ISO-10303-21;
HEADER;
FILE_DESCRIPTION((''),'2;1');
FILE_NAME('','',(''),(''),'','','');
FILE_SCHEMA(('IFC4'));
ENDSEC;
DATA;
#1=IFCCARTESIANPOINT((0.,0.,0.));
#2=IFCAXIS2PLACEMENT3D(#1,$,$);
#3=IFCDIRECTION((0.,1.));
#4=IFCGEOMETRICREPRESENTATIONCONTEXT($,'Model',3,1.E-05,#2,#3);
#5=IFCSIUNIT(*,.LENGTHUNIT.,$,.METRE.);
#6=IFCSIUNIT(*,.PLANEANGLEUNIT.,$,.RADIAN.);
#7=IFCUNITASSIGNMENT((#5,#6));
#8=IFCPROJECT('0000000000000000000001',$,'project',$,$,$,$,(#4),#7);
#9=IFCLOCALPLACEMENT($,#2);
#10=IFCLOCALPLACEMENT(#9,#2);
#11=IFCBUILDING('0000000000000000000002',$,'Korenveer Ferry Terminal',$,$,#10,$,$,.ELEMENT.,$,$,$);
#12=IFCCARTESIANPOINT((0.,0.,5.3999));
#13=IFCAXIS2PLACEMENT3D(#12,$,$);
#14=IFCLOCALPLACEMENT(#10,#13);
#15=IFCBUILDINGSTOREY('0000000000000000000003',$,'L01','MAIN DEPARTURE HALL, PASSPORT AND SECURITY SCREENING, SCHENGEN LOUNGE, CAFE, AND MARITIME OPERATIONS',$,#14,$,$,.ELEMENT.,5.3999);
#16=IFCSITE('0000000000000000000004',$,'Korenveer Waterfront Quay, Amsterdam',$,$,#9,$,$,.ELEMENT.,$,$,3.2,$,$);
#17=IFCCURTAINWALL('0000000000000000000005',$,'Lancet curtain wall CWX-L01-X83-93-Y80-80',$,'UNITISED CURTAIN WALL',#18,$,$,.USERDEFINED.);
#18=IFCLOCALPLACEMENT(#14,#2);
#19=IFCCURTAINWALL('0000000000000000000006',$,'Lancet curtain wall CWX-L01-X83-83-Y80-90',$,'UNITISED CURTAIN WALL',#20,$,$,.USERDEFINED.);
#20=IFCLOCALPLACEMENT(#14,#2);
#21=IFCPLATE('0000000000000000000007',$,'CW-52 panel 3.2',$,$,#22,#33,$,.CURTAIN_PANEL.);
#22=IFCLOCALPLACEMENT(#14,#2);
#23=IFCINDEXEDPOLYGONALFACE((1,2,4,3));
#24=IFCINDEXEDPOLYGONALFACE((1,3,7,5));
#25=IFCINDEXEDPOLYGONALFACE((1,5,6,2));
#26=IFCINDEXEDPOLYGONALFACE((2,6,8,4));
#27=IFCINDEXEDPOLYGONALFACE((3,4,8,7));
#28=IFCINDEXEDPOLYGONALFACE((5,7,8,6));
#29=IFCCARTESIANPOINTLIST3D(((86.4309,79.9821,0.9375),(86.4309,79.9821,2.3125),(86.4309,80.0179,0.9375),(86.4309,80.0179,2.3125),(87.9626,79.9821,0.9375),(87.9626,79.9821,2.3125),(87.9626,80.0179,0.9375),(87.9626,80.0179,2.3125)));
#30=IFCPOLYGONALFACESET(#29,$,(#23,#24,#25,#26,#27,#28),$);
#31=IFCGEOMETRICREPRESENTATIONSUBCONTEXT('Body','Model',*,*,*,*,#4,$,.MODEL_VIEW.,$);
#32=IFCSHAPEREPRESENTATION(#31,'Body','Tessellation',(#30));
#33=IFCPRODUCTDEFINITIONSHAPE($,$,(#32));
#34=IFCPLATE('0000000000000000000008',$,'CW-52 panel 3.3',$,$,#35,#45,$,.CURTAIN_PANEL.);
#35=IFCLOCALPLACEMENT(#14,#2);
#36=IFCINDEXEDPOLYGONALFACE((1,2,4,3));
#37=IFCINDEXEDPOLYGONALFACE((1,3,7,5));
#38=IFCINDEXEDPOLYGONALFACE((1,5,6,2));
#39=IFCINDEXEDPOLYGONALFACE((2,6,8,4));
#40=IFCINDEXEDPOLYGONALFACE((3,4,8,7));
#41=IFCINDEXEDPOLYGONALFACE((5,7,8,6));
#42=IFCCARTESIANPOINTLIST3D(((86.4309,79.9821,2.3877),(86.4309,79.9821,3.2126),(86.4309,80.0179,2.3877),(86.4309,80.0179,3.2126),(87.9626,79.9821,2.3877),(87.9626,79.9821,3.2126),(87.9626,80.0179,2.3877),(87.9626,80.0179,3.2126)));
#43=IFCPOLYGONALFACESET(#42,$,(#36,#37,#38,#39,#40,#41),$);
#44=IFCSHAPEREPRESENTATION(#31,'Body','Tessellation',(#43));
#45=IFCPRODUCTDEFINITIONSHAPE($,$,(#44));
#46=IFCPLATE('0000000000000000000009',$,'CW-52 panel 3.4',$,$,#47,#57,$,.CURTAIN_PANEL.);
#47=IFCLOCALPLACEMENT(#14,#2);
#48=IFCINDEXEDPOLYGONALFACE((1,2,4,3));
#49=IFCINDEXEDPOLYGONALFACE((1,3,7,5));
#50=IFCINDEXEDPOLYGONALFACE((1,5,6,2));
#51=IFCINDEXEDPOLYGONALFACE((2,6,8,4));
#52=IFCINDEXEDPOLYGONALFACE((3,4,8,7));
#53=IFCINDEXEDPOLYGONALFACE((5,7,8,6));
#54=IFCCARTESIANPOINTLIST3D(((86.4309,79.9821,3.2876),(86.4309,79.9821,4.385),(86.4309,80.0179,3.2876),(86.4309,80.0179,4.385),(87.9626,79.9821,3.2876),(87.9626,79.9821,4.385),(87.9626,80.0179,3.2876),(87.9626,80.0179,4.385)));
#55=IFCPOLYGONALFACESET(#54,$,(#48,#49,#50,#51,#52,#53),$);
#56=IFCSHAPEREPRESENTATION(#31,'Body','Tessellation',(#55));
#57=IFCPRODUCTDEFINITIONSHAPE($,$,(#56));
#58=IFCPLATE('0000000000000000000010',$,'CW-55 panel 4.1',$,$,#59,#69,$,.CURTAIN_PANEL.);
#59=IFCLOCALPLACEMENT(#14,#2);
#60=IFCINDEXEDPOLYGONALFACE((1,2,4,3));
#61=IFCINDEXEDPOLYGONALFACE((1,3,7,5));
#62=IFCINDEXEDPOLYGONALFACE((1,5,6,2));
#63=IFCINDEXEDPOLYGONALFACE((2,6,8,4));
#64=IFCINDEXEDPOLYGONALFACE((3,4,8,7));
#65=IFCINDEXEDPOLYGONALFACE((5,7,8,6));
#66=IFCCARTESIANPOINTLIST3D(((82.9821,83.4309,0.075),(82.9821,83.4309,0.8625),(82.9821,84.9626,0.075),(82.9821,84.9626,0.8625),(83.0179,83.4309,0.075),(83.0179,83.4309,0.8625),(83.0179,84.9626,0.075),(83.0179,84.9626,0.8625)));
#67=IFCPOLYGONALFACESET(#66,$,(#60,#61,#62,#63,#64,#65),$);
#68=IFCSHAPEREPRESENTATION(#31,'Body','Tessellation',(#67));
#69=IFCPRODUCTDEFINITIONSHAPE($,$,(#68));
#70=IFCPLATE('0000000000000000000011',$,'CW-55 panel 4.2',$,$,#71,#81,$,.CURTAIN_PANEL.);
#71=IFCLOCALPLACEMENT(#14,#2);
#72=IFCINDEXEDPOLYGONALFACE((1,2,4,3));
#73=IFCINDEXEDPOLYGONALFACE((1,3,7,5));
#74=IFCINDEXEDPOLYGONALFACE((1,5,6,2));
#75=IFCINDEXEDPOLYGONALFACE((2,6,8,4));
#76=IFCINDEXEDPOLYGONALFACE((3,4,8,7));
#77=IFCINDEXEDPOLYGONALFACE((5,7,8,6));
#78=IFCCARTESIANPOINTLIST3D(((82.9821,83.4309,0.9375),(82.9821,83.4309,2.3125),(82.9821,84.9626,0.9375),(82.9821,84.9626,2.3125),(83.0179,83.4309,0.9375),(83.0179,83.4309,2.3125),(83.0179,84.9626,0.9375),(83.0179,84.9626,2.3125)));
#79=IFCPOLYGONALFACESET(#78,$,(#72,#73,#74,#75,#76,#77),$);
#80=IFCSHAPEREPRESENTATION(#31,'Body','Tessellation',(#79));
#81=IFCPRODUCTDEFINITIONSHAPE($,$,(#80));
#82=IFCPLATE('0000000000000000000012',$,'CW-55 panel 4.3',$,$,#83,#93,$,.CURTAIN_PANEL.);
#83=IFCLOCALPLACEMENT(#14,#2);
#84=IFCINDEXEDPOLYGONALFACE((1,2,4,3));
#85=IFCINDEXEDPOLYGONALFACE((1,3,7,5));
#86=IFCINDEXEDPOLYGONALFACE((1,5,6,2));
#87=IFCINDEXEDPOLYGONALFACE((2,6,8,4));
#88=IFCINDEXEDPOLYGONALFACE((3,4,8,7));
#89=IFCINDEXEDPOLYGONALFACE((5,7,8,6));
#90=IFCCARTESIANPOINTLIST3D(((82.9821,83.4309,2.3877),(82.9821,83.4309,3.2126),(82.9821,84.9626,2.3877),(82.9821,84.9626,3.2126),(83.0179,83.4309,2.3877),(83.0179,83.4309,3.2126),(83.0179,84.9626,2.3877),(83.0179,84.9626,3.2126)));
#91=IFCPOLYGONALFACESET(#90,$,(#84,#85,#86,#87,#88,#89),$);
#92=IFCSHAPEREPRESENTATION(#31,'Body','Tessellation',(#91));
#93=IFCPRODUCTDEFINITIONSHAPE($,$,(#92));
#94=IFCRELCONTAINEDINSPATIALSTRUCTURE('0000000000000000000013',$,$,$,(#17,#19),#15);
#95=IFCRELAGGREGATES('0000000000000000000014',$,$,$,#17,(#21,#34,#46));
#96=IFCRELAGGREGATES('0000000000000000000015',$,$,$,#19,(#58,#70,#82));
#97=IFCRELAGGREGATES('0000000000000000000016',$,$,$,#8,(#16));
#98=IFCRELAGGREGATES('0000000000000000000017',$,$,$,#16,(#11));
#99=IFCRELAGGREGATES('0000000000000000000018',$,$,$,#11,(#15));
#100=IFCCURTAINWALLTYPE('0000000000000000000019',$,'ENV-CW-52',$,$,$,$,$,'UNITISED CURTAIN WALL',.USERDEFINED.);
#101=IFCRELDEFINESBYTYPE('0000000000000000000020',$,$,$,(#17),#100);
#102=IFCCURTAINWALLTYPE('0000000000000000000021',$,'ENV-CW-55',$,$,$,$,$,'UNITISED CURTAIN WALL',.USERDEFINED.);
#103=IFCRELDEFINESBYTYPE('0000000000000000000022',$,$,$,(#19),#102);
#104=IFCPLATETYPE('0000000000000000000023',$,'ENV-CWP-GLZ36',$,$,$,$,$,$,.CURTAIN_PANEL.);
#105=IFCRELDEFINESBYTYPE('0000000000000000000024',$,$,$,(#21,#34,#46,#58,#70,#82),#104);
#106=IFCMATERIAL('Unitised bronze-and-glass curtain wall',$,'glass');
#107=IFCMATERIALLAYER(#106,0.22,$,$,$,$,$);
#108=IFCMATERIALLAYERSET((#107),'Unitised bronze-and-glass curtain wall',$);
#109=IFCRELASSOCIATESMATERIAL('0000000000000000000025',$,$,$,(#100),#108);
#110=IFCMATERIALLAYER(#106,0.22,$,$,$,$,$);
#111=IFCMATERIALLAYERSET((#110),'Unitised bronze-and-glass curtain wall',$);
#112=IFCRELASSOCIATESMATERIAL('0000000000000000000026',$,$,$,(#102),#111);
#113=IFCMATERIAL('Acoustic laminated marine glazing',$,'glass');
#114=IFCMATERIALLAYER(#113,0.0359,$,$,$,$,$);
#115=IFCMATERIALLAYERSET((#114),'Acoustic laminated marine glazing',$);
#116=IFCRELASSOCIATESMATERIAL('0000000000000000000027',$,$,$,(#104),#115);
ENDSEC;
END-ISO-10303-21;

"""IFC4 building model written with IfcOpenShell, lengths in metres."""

from ifc_helpers import new_model, si_unit, direction, frame, origin, origin_2d, place, context, subcontext, project, spatial, rectangle, extrude, material, layer, layer_set, type_object, element, aggregate, save


model = new_model("IFC4")

# Units and contexts
model_context = context("Model", 3, precision=1e-05, world=origin(), true_north=direction((0.0, 1.0)))
body_context = subcontext(model_context, "Body", "Model", "MODEL_VIEW")
ifc_project = project(units=[si_unit("LENGTHUNIT", "METRE"), si_unit("PLANEANGLEUNIT", "RADIAN")], contexts=[model_context])

# Site, building, storey
site_placement = place(None, origin())
site = spatial("IfcSite", under=ifc_project, at=site_placement, Name="Korenveer Waterfront Quay, Amsterdam", CompositionType="ELEMENT", RefElevation=3.2)
building_placement = place(site_placement, origin())
building = spatial("IfcBuilding", under=site, at=building_placement, Name="Korenveer Ferry Terminal", CompositionType="ELEMENT")
storey_placement = place(building_placement, frame((0.0, 0.0, 5.3999)))
storey = spatial("IfcBuildingStorey", under=building, at=storey_placement, Name="L01", Description="MAIN DEPARTURE HALL, PASSPORT AND SECURITY SCREENING, SCHENGEN LOUNGE, CAFE, AND MARITIME OPERATIONS", CompositionType="ELEMENT", Elevation=5.3999)

# Curtain wall
ifc_material_1 = material(Name="Unitised bronze-and-glass curtain wall", Category="glass")
ifc_layer_1 = layer(ifc_material_1, 0.22)
ifc_layer_set_1 = layer_set([ifc_layer_1], Name="Unitised bronze-and-glass curtain wall")
curtain_wall_type_1 = type_object("IfcCurtainWallType", Name="ENV-CW-52", ElementType="UNITISED CURTAIN WALL", PredefinedType="USERDEFINED", material=ifc_layer_set_1)
curtain_wall_1_placement = place(storey_placement, frame((83.1799, 80.0, 0.0)))
curtain_wall_1 = element("IfcCurtainWall", 1, at=curtain_wall_1_placement, inside=storey, type_object=curtain_wall_type_1, Name="Lancet curtain wall CWX-L01-X83-93-Y80-80", ObjectType="UNITISED CURTAIN WALL", PredefinedType="USERDEFINED")

# Curtain wall
ifc_layer_2 = layer(ifc_material_1, 0.22)
ifc_layer_set_2 = layer_set([ifc_layer_2], Name="Unitised bronze-and-glass curtain wall")
curtain_wall_type_2 = type_object("IfcCurtainWallType", Name="ENV-CW-55", ElementType="UNITISED CURTAIN WALL", PredefinedType="USERDEFINED", material=ifc_layer_set_2)
curtain_wall_2_placement = place(storey_placement, frame((83.0, 89.8201, 0.0)))
curtain_wall_2 = element("IfcCurtainWall", 2, at=curtain_wall_2_placement, inside=storey, type_object=curtain_wall_type_2, Name="Lancet curtain wall CWX-L01-X83-83-Y80-90", ObjectType="UNITISED CURTAIN WALL", PredefinedType="USERDEFINED")

# Plates
ifc_material_2 = material(Name="Acoustic laminated marine glazing", Category="glass")
ifc_layer_3 = layer(ifc_material_2, 0.0359)
ifc_layer_set_3 = layer_set([ifc_layer_3], Name="Acoustic laminated marine glazing")
plate_type = type_object("IfcPlateType", Name="ENV-CWP-GLZ36", PredefinedType="CURTAIN_PANEL", material=ifc_layer_set_3)
plate_1_placement = place(storey_placement, frame((87.1968, 80.0, 0.9375), z_axis=(0.0, 0.0, 1.0), x_axis=(1.0, 0.0, 0.0)))
plate_1 = element("IfcPlate", 3, at=plate_1_placement, type_object=plate_type, Name="CW-52 panel 3.2", PredefinedType="CURTAIN_PANEL", context=body_context, shape_type="SweptSolid", body=[
    extrude(rectangle(XDim=1.5317, YDim=0.0359, at=origin_2d()), origin(), (0.0, 0.0, 1.0), 1.375),
])
plate_2_placement = place(storey_placement, frame((87.1968, 80.0, 2.3877), z_axis=(0.0, 0.0, 1.0), x_axis=(1.0, 0.0, 0.0)))
plate_2 = element("IfcPlate", 4, at=plate_2_placement, type_object=plate_type, Name="CW-52 panel 3.3", PredefinedType="CURTAIN_PANEL", context=body_context, shape_type="SweptSolid", body=[
    extrude(rectangle(XDim=1.5317, YDim=0.0359, at=origin_2d()), origin(), (0.0, 0.0, 1.0), 0.825),
])
plate_3_placement = place(storey_placement, frame((87.1968, 80.0, 3.2876), z_axis=(0.0, 0.0, 1.0), x_axis=(1.0, 0.0, 0.0)))
plate_3 = element("IfcPlate", 5, at=plate_3_placement, type_object=plate_type, Name="CW-52 panel 3.4", PredefinedType="CURTAIN_PANEL", context=body_context, shape_type="SweptSolid", body=[
    extrude(rectangle(XDim=1.5317, YDim=0.0359, at=origin_2d()), origin(), (0.0, 0.0, 1.0), 1.0974),
])
aggregate(curtain_wall_1, [plate_1, plate_2, plate_3])
plate_4_placement = place(storey_placement, frame((83.0, 84.1968, 0.075), z_axis=(0.0, 0.0, 1.0), x_axis=(0.0, -1.0, 0.0)))
plate_4 = element("IfcPlate", 6, at=plate_4_placement, type_object=plate_type, Name="CW-55 panel 4.1", PredefinedType="CURTAIN_PANEL", context=body_context, shape_type="SweptSolid", body=[
    extrude(rectangle(XDim=1.5317, YDim=0.0359, at=origin_2d()), origin(), (0.0, 0.0, 1.0), 0.7876),
])
plate_5_placement = place(storey_placement, frame((83.0, 84.1968, 0.9375), z_axis=(0.0, 0.0, 1.0), x_axis=(0.0, -1.0, 0.0)))
plate_5 = element("IfcPlate", 7, at=plate_5_placement, type_object=plate_type, Name="CW-55 panel 4.2", PredefinedType="CURTAIN_PANEL", context=body_context, shape_type="SweptSolid", body=[
    extrude(rectangle(XDim=1.5317, YDim=0.0359, at=origin_2d()), origin(), (0.0, 0.0, 1.0), 1.375),
])
plate_6_placement = place(storey_placement, frame((83.0, 84.1968, 2.3877), z_axis=(0.0, 0.0, 1.0), x_axis=(0.0, -1.0, 0.0)))
plate_6 = element("IfcPlate", 8, at=plate_6_placement, type_object=plate_type, Name="CW-55 panel 4.3", PredefinedType="CURTAIN_PANEL", context=body_context, shape_type="SweptSolid", body=[
    extrude(rectangle(XDim=1.5317, YDim=0.0359, at=origin_2d()), origin(), (0.0, 0.0, 1.0), 0.825),
])
aggregate(curtain_wall_2, [plate_4, plate_5, plate_6])

save(model, "model.ifc")
